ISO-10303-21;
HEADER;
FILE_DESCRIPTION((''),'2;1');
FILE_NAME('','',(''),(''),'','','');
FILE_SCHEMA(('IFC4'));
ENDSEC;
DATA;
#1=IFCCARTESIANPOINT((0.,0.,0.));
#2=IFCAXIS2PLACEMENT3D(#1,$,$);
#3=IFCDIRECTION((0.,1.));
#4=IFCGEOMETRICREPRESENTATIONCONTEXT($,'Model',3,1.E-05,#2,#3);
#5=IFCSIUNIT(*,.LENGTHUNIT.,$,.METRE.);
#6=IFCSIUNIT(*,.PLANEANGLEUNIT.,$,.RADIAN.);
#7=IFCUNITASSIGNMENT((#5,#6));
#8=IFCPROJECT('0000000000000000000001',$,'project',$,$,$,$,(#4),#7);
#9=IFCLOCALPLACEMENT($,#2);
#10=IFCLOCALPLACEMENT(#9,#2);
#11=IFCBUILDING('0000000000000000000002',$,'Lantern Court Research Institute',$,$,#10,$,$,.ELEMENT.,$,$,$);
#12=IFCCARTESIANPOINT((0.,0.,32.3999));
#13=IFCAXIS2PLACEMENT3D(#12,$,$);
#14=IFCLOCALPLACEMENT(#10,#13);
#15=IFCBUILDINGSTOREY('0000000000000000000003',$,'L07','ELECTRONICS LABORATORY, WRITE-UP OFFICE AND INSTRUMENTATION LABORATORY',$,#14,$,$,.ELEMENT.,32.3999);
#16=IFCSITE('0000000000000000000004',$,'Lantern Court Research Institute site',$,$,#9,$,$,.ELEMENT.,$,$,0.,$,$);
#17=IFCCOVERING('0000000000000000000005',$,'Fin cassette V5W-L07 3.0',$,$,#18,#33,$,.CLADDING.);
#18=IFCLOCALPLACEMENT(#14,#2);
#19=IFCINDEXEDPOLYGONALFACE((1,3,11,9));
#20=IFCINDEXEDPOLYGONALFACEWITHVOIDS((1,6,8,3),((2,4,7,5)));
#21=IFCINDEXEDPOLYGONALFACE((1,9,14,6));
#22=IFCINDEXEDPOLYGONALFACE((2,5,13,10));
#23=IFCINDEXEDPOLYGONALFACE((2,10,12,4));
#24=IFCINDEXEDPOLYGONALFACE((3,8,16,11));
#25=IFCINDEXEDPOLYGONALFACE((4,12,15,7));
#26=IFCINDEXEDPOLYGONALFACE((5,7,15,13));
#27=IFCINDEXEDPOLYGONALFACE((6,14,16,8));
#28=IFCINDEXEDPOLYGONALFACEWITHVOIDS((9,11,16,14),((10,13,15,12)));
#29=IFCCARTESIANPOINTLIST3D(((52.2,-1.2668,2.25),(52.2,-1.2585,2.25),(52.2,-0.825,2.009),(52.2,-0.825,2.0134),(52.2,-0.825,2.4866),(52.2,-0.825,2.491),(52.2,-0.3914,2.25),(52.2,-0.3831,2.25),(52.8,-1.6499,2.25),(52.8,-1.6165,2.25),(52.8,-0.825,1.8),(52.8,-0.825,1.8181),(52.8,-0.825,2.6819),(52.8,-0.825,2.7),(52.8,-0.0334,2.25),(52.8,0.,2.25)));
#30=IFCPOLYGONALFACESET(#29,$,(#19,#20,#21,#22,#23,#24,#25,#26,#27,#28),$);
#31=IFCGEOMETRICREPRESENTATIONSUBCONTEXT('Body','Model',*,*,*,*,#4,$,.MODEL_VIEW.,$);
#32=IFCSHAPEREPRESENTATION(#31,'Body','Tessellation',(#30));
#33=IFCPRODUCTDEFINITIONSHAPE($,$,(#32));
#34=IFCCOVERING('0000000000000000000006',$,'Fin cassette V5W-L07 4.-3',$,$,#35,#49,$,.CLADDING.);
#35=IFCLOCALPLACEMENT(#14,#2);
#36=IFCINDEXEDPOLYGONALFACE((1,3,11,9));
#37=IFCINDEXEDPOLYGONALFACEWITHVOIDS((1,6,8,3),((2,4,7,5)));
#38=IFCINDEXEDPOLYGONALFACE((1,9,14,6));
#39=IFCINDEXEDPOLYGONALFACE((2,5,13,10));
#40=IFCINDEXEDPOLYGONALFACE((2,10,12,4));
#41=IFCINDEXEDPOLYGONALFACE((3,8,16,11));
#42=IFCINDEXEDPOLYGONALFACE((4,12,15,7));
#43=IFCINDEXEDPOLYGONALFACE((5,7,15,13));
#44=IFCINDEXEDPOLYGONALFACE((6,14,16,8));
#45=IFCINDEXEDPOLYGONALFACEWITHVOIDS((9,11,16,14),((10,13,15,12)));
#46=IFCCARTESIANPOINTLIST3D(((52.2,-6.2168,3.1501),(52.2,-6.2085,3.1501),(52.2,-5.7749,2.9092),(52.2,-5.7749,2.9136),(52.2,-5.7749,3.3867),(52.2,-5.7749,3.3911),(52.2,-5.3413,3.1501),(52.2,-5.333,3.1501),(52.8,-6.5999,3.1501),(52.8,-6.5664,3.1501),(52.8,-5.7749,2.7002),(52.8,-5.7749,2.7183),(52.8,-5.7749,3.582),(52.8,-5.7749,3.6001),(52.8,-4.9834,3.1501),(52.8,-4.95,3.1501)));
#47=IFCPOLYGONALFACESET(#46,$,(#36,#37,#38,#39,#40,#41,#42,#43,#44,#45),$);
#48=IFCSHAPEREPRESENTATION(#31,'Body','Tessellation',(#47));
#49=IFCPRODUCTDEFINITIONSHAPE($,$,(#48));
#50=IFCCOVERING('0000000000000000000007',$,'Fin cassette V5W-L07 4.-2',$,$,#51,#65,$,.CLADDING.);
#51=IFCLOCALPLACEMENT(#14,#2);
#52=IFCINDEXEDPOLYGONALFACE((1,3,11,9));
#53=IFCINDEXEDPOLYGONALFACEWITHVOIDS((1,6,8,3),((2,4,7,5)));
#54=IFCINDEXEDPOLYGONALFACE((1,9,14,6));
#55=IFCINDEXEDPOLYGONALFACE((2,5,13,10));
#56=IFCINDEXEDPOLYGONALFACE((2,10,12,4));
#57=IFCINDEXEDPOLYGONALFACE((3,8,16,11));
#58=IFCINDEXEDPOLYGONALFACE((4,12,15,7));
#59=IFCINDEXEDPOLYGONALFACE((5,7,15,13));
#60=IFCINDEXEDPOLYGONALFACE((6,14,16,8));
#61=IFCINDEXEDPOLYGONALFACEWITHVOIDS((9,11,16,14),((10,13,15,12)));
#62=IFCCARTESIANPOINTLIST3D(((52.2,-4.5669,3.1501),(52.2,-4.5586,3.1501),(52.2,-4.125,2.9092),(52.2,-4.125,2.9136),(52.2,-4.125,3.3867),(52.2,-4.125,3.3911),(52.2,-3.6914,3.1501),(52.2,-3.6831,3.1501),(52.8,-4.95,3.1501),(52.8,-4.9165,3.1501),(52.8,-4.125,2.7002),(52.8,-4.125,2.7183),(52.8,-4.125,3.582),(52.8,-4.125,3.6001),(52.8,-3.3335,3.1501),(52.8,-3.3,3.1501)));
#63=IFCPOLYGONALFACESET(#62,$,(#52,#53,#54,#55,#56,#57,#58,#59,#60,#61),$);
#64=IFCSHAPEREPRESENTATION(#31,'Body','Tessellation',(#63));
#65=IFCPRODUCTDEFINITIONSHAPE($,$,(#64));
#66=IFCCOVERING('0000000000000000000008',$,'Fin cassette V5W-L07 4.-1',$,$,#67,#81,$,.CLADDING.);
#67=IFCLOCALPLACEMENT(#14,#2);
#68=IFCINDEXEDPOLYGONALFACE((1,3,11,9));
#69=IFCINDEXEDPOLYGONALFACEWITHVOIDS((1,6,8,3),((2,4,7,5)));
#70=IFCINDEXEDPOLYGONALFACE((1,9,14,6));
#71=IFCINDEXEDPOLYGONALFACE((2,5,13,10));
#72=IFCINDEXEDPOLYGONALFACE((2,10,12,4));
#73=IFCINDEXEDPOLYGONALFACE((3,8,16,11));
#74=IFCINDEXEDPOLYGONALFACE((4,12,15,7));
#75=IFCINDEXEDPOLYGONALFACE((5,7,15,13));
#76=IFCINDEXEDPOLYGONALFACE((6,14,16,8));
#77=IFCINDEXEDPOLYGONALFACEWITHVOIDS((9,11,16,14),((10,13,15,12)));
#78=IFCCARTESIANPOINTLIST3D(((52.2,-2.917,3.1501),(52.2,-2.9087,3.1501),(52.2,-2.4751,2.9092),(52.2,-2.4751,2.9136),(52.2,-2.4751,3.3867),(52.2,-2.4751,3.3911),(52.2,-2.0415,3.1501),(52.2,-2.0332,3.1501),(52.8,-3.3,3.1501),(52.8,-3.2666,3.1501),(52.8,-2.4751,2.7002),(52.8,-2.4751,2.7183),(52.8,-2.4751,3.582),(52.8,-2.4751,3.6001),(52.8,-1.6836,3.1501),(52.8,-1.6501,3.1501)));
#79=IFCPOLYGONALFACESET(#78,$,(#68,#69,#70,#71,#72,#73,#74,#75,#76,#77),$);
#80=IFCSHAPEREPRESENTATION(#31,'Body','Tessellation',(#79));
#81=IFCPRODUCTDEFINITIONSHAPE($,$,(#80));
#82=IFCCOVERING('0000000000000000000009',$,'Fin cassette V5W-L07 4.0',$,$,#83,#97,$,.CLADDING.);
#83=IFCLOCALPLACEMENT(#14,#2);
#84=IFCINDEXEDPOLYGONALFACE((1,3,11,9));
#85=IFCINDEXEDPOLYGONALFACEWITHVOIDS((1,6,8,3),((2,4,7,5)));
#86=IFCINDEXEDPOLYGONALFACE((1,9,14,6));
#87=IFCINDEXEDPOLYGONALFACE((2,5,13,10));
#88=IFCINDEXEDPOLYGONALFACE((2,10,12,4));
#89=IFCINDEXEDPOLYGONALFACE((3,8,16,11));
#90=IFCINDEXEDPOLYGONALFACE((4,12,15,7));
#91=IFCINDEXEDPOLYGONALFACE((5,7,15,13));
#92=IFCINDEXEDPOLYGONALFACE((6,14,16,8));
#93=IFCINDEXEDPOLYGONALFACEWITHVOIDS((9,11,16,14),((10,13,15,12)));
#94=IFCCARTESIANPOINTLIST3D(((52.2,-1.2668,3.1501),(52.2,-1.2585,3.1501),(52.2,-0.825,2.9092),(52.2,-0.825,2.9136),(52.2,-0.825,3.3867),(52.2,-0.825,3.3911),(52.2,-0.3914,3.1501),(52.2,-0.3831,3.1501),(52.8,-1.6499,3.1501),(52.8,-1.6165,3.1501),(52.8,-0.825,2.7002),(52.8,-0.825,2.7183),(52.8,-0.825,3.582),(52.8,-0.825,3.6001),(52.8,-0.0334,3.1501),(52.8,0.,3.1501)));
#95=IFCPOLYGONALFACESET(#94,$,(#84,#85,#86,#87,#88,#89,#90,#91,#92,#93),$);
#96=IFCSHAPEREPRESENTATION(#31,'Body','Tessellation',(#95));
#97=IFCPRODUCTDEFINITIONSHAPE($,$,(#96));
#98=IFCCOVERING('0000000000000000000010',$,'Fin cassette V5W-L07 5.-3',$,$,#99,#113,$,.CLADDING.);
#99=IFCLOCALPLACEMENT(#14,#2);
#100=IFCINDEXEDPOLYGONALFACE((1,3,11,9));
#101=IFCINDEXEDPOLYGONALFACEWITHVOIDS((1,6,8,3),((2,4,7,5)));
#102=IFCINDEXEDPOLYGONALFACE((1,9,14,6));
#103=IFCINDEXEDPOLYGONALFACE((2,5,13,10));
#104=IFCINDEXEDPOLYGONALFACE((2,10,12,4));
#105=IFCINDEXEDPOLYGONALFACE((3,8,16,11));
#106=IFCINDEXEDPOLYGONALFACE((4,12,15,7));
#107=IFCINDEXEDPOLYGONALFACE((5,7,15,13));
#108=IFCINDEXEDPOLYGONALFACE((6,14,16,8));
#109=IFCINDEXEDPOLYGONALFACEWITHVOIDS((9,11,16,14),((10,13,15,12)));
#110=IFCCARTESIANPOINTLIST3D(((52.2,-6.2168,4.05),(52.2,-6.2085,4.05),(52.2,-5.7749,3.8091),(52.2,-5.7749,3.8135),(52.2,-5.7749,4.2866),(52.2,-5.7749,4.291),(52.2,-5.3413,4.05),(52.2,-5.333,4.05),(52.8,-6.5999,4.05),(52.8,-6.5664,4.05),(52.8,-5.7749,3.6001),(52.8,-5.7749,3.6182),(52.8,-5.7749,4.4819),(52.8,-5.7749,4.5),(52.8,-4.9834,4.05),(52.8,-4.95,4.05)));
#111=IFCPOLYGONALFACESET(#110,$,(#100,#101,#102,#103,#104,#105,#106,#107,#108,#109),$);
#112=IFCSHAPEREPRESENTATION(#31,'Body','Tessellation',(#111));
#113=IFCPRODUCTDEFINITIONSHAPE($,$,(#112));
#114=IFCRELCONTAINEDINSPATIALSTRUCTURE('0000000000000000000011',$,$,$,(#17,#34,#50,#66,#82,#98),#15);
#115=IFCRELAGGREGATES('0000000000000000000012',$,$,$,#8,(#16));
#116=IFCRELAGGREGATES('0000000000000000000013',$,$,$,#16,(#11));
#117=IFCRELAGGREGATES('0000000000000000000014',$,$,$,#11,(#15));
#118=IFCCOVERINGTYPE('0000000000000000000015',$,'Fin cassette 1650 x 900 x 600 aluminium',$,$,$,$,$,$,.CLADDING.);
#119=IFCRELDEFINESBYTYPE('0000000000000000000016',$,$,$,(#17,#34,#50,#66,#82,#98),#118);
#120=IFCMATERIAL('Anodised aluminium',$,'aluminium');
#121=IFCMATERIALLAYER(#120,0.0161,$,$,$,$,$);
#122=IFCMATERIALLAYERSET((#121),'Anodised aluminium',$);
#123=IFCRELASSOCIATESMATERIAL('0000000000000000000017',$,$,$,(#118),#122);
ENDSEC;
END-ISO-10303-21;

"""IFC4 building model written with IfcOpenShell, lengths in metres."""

from ifc_helpers import new_model, entity, si_unit, direction, frame, origin, place, context, subcontext, project, spatial, material, layer, layer_set, type_object, element, save


model = new_model("IFC4")

# Units and contexts
model_context = context("Model", 3, precision=1e-05, world=origin(), true_north=direction((0.0, 1.0)))
body_context = subcontext(model_context, "Body", "Model", "MODEL_VIEW")
ifc_project = project(units=[si_unit("LENGTHUNIT", "METRE"), si_unit("PLANEANGLEUNIT", "RADIAN")], contexts=[model_context])

# Site, building, storey
site_placement = place(None, origin())
site = spatial("IfcSite", under=ifc_project, at=site_placement, Name="Lantern Court Research Institute site", CompositionType="ELEMENT", RefElevation=0.0)
building_placement = place(site_placement, origin())
building = spatial("IfcBuilding", under=site, at=building_placement, Name="Lantern Court Research Institute", CompositionType="ELEMENT")
storey_placement = place(building_placement, frame((0.0, 0.0, 32.3999)))
storey = spatial("IfcBuildingStorey", under=building, at=storey_placement, Name="L07", Description="ELECTRONICS LABORATORY, WRITE-UP OFFICE AND INSTRUMENTATION LABORATORY", CompositionType="ELEMENT", Elevation=32.3999)

# Coverings
ifc_material = material(Name="Anodised aluminium", Category="aluminium")
ifc_layer = layer(ifc_material, 0.0161)
ifc_layer_set = layer_set([ifc_layer], Name="Anodised aluminium")
covering_type = type_object("IfcCoveringType", Name="Fin cassette 1650 x 900 x 600 aluminium", PredefinedType="CLADDING", material=ifc_layer_set)
covering_1_placement = place(storey_placement, frame((52.8, -0.825, 2.25), z_axis=(-1.0, 0.0, 0.0), x_axis=(0.0, -1.0, 0.0)))
cartesian_point_1 = entity("IfcCartesianPoint", [0.825, 0.0])
cartesian_point_2 = entity("IfcCartesianPoint", [0.7915, 0.0])
cartesian_point_3 = entity("IfcCartesianPoint", [0.4419, 0.0])
cartesian_point_4 = entity("IfcCartesianPoint", [0.4336, 0.0])
element("IfcCovering", 1, at=covering_1_placement, inside=storey, type_object=covering_type, Name="Fin cassette V5W-L07 3.0", PredefinedType="CLADDING", context=body_context, shape_type="SweptSolid", body=[
    entity("IfcExtrudedAreaSolidTapered", entity("IfcArbitraryProfileDefWithVoids", "AREA", None, entity("IfcPolyline", [cartesian_point_1, entity("IfcCartesianPoint", [0.0, 0.45]), entity("IfcCartesianPoint", [-0.825, 0.0]), entity("IfcCartesianPoint", [0.0, -0.45]), cartesian_point_1]), [entity("IfcPolyline", [cartesian_point_2, entity("IfcCartesianPoint", [0.0, 0.4319]), entity("IfcCartesianPoint", [-0.7915, 0.0]), entity("IfcCartesianPoint", [0.0, -0.4319]), cartesian_point_2])]), entity("IfcAxis2Placement3D", entity("IfcCartesianPoint", [0.0, 0.0, 0.0])), entity("IfcDirection", [0.0, 0.0, 1.0]), 0.6001, entity("IfcArbitraryProfileDefWithVoids", "AREA", None, entity("IfcPolyline", [cartesian_point_3, entity("IfcCartesianPoint", [0.0, 0.241]), entity("IfcCartesianPoint", [-0.4419, 0.0]), entity("IfcCartesianPoint", [0.0, -0.241]), cartesian_point_3]), [entity("IfcPolyline", [cartesian_point_4, entity("IfcCartesianPoint", [0.0, 0.2366]), entity("IfcCartesianPoint", [-0.4336, 0.0]), entity("IfcCartesianPoint", [0.0, -0.2366]), cartesian_point_4])])),
])
covering_2_placement = place(storey_placement, frame((52.8, -5.7749, 3.1501), z_axis=(-1.0, 0.0, 0.0), x_axis=(0.0, -1.0, 0.0)))
cartesian_point_5 = entity("IfcCartesianPoint", [0.825, 0.0])
cartesian_point_6 = entity("IfcCartesianPoint", [0.7915, 0.0])
cartesian_point_7 = entity("IfcCartesianPoint", [0.4419, 0.0])
cartesian_point_8 = entity("IfcCartesianPoint", [0.4336, 0.0])
element("IfcCovering", 2, at=covering_2_placement, inside=storey, type_object=covering_type, Name="Fin cassette V5W-L07 4.-3", PredefinedType="CLADDING", context=body_context, shape_type="SweptSolid", body=[
    entity("IfcExtrudedAreaSolidTapered", entity("IfcArbitraryProfileDefWithVoids", "AREA", None, entity("IfcPolyline", [cartesian_point_5, entity("IfcCartesianPoint", [0.0, 0.45]), entity("IfcCartesianPoint", [-0.825, 0.0]), entity("IfcCartesianPoint", [0.0, -0.45]), cartesian_point_5]), [entity("IfcPolyline", [cartesian_point_6, entity("IfcCartesianPoint", [0.0, 0.4319]), entity("IfcCartesianPoint", [-0.7915, 0.0]), entity("IfcCartesianPoint", [0.0, -0.4319]), cartesian_point_6])]), entity("IfcAxis2Placement3D", entity("IfcCartesianPoint", [0.0, 0.0, 0.0])), entity("IfcDirection", [0.0, 0.0, 1.0]), 0.6001, entity("IfcArbitraryProfileDefWithVoids", "AREA", None, entity("IfcPolyline", [cartesian_point_7, entity("IfcCartesianPoint", [0.0, 0.241]), entity("IfcCartesianPoint", [-0.4419, 0.0]), entity("IfcCartesianPoint", [0.0, -0.241]), cartesian_point_7]), [entity("IfcPolyline", [cartesian_point_8, entity("IfcCartesianPoint", [0.0, 0.2366]), entity("IfcCartesianPoint", [-0.4336, 0.0]), entity("IfcCartesianPoint", [0.0, -0.2366]), cartesian_point_8])])),
])
covering_3_placement = place(storey_placement, frame((52.8, -4.125, 3.1501), z_axis=(-1.0, 0.0, 0.0), x_axis=(0.0, -1.0, 0.0)))
cartesian_point_9 = entity("IfcCartesianPoint", [0.825, 0.0])
cartesian_point_10 = entity("IfcCartesianPoint", [0.7915, 0.0])
cartesian_point_11 = entity("IfcCartesianPoint", [0.4419, 0.0])
cartesian_point_12 = entity("IfcCartesianPoint", [0.4336, 0.0])
element("IfcCovering", 3, at=covering_3_placement, inside=storey, type_object=covering_type, Name="Fin cassette V5W-L07 4.-2", PredefinedType="CLADDING", context=body_context, shape_type="SweptSolid", body=[
    entity("IfcExtrudedAreaSolidTapered", entity("IfcArbitraryProfileDefWithVoids", "AREA", None, entity("IfcPolyline", [cartesian_point_9, entity("IfcCartesianPoint", [0.0, 0.45]), entity("IfcCartesianPoint", [-0.825, 0.0]), entity("IfcCartesianPoint", [0.0, -0.45]), cartesian_point_9]), [entity("IfcPolyline", [cartesian_point_10, entity("IfcCartesianPoint", [0.0, 0.4319]), entity("IfcCartesianPoint", [-0.7915, 0.0]), entity("IfcCartesianPoint", [0.0, -0.4319]), cartesian_point_10])]), entity("IfcAxis2Placement3D", entity("IfcCartesianPoint", [0.0, 0.0, 0.0])), entity("IfcDirection", [0.0, 0.0, 1.0]), 0.6001, entity("IfcArbitraryProfileDefWithVoids", "AREA", None, entity("IfcPolyline", [cartesian_point_11, entity("IfcCartesianPoint", [0.0, 0.241]), entity("IfcCartesianPoint", [-0.4419, 0.0]), entity("IfcCartesianPoint", [0.0, -0.241]), cartesian_point_11]), [entity("IfcPolyline", [cartesian_point_12, entity("IfcCartesianPoint", [0.0, 0.2366]), entity("IfcCartesianPoint", [-0.4336, 0.0]), entity("IfcCartesianPoint", [0.0, -0.2366]), cartesian_point_12])])),
])
covering_4_placement = place(storey_placement, frame((52.8, -2.4751, 3.1501), z_axis=(-1.0, 0.0, 0.0), x_axis=(0.0, -1.0, 0.0)))
cartesian_point_13 = entity("IfcCartesianPoint", [0.825, 0.0])
cartesian_point_14 = entity("IfcCartesianPoint", [0.7915, 0.0])
cartesian_point_15 = entity("IfcCartesianPoint", [0.4419, 0.0])
cartesian_point_16 = entity("IfcCartesianPoint", [0.4336, 0.0])
element("IfcCovering", 4, at=covering_4_placement, inside=storey, type_object=covering_type, Name="Fin cassette V5W-L07 4.-1", PredefinedType="CLADDING", context=body_context, shape_type="SweptSolid", body=[
    entity("IfcExtrudedAreaSolidTapered", entity("IfcArbitraryProfileDefWithVoids", "AREA", None, entity("IfcPolyline", [cartesian_point_13, entity("IfcCartesianPoint", [0.0, 0.45]), entity("IfcCartesianPoint", [-0.825, 0.0]), entity("IfcCartesianPoint", [0.0, -0.45]), cartesian_point_13]), [entity("IfcPolyline", [cartesian_point_14, entity("IfcCartesianPoint", [0.0, 0.4319]), entity("IfcCartesianPoint", [-0.7915, 0.0]), entity("IfcCartesianPoint", [0.0, -0.4319]), cartesian_point_14])]), entity("IfcAxis2Placement3D", entity("IfcCartesianPoint", [0.0, 0.0, 0.0])), entity("IfcDirection", [0.0, 0.0, 1.0]), 0.6001, entity("IfcArbitraryProfileDefWithVoids", "AREA", None, entity("IfcPolyline", [cartesian_point_15, entity("IfcCartesianPoint", [0.0, 0.241]), entity("IfcCartesianPoint", [-0.4419, 0.0]), entity("IfcCartesianPoint", [0.0, -0.241]), cartesian_point_15]), [entity("IfcPolyline", [cartesian_point_16, entity("IfcCartesianPoint", [0.0, 0.2366]), entity("IfcCartesianPoint", [-0.4336, 0.0]), entity("IfcCartesianPoint", [0.0, -0.2366]), cartesian_point_16])])),
])
covering_5_placement = place(storey_placement, frame((52.8, -0.825, 3.1501), z_axis=(-1.0, 0.0, 0.0), x_axis=(0.0, -1.0, 0.0)))
cartesian_point_17 = entity("IfcCartesianPoint", [0.825, 0.0])
cartesian_point_18 = entity("IfcCartesianPoint", [0.7915, 0.0])
cartesian_point_19 = entity("IfcCartesianPoint", [0.4419, 0.0])
cartesian_point_20 = entity("IfcCartesianPoint", [0.4336, 0.0])
element("IfcCovering", 5, at=covering_5_placement, inside=storey, type_object=covering_type, Name="Fin cassette V5W-L07 4.0", PredefinedType="CLADDING", context=body_context, shape_type="SweptSolid", body=[
    entity("IfcExtrudedAreaSolidTapered", entity("IfcArbitraryProfileDefWithVoids", "AREA", None, entity("IfcPolyline", [cartesian_point_17, entity("IfcCartesianPoint", [0.0, 0.45]), entity("IfcCartesianPoint", [-0.825, 0.0]), entity("IfcCartesianPoint", [0.0, -0.45]), cartesian_point_17]), [entity("IfcPolyline", [cartesian_point_18, entity("IfcCartesianPoint", [0.0, 0.4319]), entity("IfcCartesianPoint", [-0.7915, 0.0]), entity("IfcCartesianPoint", [0.0, -0.4319]), cartesian_point_18])]), entity("IfcAxis2Placement3D", entity("IfcCartesianPoint", [0.0, 0.0, 0.0])), entity("IfcDirection", [0.0, 0.0, 1.0]), 0.6001, entity("IfcArbitraryProfileDefWithVoids", "AREA", None, entity("IfcPolyline", [cartesian_point_19, entity("IfcCartesianPoint", [0.0, 0.241]), entity("IfcCartesianPoint", [-0.4419, 0.0]), entity("IfcCartesianPoint", [0.0, -0.241]), cartesian_point_19]), [entity("IfcPolyline", [cartesian_point_20, entity("IfcCartesianPoint", [0.0, 0.2366]), entity("IfcCartesianPoint", [-0.4336, 0.0]), entity("IfcCartesianPoint", [0.0, -0.2366]), cartesian_point_20])])),
])
covering_6_placement = place(storey_placement, frame((52.8, -5.7749, 4.05), z_axis=(-1.0, 0.0, 0.0), x_axis=(0.0, -1.0, 0.0)))
cartesian_point_21 = entity("IfcCartesianPoint", [0.825, 0.0])
cartesian_point_22 = entity("IfcCartesianPoint", [0.7915, 0.0])
cartesian_point_23 = entity("IfcCartesianPoint", [0.4419, 0.0])
cartesian_point_24 = entity("IfcCartesianPoint", [0.4336, 0.0])
element("IfcCovering", 6, at=covering_6_placement, inside=storey, type_object=covering_type, Name="Fin cassette V5W-L07 5.-3", PredefinedType="CLADDING", context=body_context, shape_type="SweptSolid", body=[
    entity("IfcExtrudedAreaSolidTapered", entity("IfcArbitraryProfileDefWithVoids", "AREA", None, entity("IfcPolyline", [cartesian_point_21, entity("IfcCartesianPoint", [0.0, 0.45]), entity("IfcCartesianPoint", [-0.825, 0.0]), entity("IfcCartesianPoint", [0.0, -0.45]), cartesian_point_21]), [entity("IfcPolyline", [cartesian_point_22, entity("IfcCartesianPoint", [0.0, 0.4319]), entity("IfcCartesianPoint", [-0.7915, 0.0]), entity("IfcCartesianPoint", [0.0, -0.4319]), cartesian_point_22])]), entity("IfcAxis2Placement3D", entity("IfcCartesianPoint", [0.0, 0.0, 0.0])), entity("IfcDirection", [0.0, 0.0, 1.0]), 0.6001, entity("IfcArbitraryProfileDefWithVoids", "AREA", None, entity("IfcPolyline", [cartesian_point_23, entity("IfcCartesianPoint", [0.0, 0.241]), entity("IfcCartesianPoint", [-0.4419, 0.0]), entity("IfcCartesianPoint", [0.0, -0.241]), cartesian_point_23]), [entity("IfcPolyline", [cartesian_point_24, entity("IfcCartesianPoint", [0.0, 0.2366]), entity("IfcCartesianPoint", [-0.4336, 0.0]), entity("IfcCartesianPoint", [0.0, -0.2366]), cartesian_point_24])])),
])

save(model, "model.ifc")
